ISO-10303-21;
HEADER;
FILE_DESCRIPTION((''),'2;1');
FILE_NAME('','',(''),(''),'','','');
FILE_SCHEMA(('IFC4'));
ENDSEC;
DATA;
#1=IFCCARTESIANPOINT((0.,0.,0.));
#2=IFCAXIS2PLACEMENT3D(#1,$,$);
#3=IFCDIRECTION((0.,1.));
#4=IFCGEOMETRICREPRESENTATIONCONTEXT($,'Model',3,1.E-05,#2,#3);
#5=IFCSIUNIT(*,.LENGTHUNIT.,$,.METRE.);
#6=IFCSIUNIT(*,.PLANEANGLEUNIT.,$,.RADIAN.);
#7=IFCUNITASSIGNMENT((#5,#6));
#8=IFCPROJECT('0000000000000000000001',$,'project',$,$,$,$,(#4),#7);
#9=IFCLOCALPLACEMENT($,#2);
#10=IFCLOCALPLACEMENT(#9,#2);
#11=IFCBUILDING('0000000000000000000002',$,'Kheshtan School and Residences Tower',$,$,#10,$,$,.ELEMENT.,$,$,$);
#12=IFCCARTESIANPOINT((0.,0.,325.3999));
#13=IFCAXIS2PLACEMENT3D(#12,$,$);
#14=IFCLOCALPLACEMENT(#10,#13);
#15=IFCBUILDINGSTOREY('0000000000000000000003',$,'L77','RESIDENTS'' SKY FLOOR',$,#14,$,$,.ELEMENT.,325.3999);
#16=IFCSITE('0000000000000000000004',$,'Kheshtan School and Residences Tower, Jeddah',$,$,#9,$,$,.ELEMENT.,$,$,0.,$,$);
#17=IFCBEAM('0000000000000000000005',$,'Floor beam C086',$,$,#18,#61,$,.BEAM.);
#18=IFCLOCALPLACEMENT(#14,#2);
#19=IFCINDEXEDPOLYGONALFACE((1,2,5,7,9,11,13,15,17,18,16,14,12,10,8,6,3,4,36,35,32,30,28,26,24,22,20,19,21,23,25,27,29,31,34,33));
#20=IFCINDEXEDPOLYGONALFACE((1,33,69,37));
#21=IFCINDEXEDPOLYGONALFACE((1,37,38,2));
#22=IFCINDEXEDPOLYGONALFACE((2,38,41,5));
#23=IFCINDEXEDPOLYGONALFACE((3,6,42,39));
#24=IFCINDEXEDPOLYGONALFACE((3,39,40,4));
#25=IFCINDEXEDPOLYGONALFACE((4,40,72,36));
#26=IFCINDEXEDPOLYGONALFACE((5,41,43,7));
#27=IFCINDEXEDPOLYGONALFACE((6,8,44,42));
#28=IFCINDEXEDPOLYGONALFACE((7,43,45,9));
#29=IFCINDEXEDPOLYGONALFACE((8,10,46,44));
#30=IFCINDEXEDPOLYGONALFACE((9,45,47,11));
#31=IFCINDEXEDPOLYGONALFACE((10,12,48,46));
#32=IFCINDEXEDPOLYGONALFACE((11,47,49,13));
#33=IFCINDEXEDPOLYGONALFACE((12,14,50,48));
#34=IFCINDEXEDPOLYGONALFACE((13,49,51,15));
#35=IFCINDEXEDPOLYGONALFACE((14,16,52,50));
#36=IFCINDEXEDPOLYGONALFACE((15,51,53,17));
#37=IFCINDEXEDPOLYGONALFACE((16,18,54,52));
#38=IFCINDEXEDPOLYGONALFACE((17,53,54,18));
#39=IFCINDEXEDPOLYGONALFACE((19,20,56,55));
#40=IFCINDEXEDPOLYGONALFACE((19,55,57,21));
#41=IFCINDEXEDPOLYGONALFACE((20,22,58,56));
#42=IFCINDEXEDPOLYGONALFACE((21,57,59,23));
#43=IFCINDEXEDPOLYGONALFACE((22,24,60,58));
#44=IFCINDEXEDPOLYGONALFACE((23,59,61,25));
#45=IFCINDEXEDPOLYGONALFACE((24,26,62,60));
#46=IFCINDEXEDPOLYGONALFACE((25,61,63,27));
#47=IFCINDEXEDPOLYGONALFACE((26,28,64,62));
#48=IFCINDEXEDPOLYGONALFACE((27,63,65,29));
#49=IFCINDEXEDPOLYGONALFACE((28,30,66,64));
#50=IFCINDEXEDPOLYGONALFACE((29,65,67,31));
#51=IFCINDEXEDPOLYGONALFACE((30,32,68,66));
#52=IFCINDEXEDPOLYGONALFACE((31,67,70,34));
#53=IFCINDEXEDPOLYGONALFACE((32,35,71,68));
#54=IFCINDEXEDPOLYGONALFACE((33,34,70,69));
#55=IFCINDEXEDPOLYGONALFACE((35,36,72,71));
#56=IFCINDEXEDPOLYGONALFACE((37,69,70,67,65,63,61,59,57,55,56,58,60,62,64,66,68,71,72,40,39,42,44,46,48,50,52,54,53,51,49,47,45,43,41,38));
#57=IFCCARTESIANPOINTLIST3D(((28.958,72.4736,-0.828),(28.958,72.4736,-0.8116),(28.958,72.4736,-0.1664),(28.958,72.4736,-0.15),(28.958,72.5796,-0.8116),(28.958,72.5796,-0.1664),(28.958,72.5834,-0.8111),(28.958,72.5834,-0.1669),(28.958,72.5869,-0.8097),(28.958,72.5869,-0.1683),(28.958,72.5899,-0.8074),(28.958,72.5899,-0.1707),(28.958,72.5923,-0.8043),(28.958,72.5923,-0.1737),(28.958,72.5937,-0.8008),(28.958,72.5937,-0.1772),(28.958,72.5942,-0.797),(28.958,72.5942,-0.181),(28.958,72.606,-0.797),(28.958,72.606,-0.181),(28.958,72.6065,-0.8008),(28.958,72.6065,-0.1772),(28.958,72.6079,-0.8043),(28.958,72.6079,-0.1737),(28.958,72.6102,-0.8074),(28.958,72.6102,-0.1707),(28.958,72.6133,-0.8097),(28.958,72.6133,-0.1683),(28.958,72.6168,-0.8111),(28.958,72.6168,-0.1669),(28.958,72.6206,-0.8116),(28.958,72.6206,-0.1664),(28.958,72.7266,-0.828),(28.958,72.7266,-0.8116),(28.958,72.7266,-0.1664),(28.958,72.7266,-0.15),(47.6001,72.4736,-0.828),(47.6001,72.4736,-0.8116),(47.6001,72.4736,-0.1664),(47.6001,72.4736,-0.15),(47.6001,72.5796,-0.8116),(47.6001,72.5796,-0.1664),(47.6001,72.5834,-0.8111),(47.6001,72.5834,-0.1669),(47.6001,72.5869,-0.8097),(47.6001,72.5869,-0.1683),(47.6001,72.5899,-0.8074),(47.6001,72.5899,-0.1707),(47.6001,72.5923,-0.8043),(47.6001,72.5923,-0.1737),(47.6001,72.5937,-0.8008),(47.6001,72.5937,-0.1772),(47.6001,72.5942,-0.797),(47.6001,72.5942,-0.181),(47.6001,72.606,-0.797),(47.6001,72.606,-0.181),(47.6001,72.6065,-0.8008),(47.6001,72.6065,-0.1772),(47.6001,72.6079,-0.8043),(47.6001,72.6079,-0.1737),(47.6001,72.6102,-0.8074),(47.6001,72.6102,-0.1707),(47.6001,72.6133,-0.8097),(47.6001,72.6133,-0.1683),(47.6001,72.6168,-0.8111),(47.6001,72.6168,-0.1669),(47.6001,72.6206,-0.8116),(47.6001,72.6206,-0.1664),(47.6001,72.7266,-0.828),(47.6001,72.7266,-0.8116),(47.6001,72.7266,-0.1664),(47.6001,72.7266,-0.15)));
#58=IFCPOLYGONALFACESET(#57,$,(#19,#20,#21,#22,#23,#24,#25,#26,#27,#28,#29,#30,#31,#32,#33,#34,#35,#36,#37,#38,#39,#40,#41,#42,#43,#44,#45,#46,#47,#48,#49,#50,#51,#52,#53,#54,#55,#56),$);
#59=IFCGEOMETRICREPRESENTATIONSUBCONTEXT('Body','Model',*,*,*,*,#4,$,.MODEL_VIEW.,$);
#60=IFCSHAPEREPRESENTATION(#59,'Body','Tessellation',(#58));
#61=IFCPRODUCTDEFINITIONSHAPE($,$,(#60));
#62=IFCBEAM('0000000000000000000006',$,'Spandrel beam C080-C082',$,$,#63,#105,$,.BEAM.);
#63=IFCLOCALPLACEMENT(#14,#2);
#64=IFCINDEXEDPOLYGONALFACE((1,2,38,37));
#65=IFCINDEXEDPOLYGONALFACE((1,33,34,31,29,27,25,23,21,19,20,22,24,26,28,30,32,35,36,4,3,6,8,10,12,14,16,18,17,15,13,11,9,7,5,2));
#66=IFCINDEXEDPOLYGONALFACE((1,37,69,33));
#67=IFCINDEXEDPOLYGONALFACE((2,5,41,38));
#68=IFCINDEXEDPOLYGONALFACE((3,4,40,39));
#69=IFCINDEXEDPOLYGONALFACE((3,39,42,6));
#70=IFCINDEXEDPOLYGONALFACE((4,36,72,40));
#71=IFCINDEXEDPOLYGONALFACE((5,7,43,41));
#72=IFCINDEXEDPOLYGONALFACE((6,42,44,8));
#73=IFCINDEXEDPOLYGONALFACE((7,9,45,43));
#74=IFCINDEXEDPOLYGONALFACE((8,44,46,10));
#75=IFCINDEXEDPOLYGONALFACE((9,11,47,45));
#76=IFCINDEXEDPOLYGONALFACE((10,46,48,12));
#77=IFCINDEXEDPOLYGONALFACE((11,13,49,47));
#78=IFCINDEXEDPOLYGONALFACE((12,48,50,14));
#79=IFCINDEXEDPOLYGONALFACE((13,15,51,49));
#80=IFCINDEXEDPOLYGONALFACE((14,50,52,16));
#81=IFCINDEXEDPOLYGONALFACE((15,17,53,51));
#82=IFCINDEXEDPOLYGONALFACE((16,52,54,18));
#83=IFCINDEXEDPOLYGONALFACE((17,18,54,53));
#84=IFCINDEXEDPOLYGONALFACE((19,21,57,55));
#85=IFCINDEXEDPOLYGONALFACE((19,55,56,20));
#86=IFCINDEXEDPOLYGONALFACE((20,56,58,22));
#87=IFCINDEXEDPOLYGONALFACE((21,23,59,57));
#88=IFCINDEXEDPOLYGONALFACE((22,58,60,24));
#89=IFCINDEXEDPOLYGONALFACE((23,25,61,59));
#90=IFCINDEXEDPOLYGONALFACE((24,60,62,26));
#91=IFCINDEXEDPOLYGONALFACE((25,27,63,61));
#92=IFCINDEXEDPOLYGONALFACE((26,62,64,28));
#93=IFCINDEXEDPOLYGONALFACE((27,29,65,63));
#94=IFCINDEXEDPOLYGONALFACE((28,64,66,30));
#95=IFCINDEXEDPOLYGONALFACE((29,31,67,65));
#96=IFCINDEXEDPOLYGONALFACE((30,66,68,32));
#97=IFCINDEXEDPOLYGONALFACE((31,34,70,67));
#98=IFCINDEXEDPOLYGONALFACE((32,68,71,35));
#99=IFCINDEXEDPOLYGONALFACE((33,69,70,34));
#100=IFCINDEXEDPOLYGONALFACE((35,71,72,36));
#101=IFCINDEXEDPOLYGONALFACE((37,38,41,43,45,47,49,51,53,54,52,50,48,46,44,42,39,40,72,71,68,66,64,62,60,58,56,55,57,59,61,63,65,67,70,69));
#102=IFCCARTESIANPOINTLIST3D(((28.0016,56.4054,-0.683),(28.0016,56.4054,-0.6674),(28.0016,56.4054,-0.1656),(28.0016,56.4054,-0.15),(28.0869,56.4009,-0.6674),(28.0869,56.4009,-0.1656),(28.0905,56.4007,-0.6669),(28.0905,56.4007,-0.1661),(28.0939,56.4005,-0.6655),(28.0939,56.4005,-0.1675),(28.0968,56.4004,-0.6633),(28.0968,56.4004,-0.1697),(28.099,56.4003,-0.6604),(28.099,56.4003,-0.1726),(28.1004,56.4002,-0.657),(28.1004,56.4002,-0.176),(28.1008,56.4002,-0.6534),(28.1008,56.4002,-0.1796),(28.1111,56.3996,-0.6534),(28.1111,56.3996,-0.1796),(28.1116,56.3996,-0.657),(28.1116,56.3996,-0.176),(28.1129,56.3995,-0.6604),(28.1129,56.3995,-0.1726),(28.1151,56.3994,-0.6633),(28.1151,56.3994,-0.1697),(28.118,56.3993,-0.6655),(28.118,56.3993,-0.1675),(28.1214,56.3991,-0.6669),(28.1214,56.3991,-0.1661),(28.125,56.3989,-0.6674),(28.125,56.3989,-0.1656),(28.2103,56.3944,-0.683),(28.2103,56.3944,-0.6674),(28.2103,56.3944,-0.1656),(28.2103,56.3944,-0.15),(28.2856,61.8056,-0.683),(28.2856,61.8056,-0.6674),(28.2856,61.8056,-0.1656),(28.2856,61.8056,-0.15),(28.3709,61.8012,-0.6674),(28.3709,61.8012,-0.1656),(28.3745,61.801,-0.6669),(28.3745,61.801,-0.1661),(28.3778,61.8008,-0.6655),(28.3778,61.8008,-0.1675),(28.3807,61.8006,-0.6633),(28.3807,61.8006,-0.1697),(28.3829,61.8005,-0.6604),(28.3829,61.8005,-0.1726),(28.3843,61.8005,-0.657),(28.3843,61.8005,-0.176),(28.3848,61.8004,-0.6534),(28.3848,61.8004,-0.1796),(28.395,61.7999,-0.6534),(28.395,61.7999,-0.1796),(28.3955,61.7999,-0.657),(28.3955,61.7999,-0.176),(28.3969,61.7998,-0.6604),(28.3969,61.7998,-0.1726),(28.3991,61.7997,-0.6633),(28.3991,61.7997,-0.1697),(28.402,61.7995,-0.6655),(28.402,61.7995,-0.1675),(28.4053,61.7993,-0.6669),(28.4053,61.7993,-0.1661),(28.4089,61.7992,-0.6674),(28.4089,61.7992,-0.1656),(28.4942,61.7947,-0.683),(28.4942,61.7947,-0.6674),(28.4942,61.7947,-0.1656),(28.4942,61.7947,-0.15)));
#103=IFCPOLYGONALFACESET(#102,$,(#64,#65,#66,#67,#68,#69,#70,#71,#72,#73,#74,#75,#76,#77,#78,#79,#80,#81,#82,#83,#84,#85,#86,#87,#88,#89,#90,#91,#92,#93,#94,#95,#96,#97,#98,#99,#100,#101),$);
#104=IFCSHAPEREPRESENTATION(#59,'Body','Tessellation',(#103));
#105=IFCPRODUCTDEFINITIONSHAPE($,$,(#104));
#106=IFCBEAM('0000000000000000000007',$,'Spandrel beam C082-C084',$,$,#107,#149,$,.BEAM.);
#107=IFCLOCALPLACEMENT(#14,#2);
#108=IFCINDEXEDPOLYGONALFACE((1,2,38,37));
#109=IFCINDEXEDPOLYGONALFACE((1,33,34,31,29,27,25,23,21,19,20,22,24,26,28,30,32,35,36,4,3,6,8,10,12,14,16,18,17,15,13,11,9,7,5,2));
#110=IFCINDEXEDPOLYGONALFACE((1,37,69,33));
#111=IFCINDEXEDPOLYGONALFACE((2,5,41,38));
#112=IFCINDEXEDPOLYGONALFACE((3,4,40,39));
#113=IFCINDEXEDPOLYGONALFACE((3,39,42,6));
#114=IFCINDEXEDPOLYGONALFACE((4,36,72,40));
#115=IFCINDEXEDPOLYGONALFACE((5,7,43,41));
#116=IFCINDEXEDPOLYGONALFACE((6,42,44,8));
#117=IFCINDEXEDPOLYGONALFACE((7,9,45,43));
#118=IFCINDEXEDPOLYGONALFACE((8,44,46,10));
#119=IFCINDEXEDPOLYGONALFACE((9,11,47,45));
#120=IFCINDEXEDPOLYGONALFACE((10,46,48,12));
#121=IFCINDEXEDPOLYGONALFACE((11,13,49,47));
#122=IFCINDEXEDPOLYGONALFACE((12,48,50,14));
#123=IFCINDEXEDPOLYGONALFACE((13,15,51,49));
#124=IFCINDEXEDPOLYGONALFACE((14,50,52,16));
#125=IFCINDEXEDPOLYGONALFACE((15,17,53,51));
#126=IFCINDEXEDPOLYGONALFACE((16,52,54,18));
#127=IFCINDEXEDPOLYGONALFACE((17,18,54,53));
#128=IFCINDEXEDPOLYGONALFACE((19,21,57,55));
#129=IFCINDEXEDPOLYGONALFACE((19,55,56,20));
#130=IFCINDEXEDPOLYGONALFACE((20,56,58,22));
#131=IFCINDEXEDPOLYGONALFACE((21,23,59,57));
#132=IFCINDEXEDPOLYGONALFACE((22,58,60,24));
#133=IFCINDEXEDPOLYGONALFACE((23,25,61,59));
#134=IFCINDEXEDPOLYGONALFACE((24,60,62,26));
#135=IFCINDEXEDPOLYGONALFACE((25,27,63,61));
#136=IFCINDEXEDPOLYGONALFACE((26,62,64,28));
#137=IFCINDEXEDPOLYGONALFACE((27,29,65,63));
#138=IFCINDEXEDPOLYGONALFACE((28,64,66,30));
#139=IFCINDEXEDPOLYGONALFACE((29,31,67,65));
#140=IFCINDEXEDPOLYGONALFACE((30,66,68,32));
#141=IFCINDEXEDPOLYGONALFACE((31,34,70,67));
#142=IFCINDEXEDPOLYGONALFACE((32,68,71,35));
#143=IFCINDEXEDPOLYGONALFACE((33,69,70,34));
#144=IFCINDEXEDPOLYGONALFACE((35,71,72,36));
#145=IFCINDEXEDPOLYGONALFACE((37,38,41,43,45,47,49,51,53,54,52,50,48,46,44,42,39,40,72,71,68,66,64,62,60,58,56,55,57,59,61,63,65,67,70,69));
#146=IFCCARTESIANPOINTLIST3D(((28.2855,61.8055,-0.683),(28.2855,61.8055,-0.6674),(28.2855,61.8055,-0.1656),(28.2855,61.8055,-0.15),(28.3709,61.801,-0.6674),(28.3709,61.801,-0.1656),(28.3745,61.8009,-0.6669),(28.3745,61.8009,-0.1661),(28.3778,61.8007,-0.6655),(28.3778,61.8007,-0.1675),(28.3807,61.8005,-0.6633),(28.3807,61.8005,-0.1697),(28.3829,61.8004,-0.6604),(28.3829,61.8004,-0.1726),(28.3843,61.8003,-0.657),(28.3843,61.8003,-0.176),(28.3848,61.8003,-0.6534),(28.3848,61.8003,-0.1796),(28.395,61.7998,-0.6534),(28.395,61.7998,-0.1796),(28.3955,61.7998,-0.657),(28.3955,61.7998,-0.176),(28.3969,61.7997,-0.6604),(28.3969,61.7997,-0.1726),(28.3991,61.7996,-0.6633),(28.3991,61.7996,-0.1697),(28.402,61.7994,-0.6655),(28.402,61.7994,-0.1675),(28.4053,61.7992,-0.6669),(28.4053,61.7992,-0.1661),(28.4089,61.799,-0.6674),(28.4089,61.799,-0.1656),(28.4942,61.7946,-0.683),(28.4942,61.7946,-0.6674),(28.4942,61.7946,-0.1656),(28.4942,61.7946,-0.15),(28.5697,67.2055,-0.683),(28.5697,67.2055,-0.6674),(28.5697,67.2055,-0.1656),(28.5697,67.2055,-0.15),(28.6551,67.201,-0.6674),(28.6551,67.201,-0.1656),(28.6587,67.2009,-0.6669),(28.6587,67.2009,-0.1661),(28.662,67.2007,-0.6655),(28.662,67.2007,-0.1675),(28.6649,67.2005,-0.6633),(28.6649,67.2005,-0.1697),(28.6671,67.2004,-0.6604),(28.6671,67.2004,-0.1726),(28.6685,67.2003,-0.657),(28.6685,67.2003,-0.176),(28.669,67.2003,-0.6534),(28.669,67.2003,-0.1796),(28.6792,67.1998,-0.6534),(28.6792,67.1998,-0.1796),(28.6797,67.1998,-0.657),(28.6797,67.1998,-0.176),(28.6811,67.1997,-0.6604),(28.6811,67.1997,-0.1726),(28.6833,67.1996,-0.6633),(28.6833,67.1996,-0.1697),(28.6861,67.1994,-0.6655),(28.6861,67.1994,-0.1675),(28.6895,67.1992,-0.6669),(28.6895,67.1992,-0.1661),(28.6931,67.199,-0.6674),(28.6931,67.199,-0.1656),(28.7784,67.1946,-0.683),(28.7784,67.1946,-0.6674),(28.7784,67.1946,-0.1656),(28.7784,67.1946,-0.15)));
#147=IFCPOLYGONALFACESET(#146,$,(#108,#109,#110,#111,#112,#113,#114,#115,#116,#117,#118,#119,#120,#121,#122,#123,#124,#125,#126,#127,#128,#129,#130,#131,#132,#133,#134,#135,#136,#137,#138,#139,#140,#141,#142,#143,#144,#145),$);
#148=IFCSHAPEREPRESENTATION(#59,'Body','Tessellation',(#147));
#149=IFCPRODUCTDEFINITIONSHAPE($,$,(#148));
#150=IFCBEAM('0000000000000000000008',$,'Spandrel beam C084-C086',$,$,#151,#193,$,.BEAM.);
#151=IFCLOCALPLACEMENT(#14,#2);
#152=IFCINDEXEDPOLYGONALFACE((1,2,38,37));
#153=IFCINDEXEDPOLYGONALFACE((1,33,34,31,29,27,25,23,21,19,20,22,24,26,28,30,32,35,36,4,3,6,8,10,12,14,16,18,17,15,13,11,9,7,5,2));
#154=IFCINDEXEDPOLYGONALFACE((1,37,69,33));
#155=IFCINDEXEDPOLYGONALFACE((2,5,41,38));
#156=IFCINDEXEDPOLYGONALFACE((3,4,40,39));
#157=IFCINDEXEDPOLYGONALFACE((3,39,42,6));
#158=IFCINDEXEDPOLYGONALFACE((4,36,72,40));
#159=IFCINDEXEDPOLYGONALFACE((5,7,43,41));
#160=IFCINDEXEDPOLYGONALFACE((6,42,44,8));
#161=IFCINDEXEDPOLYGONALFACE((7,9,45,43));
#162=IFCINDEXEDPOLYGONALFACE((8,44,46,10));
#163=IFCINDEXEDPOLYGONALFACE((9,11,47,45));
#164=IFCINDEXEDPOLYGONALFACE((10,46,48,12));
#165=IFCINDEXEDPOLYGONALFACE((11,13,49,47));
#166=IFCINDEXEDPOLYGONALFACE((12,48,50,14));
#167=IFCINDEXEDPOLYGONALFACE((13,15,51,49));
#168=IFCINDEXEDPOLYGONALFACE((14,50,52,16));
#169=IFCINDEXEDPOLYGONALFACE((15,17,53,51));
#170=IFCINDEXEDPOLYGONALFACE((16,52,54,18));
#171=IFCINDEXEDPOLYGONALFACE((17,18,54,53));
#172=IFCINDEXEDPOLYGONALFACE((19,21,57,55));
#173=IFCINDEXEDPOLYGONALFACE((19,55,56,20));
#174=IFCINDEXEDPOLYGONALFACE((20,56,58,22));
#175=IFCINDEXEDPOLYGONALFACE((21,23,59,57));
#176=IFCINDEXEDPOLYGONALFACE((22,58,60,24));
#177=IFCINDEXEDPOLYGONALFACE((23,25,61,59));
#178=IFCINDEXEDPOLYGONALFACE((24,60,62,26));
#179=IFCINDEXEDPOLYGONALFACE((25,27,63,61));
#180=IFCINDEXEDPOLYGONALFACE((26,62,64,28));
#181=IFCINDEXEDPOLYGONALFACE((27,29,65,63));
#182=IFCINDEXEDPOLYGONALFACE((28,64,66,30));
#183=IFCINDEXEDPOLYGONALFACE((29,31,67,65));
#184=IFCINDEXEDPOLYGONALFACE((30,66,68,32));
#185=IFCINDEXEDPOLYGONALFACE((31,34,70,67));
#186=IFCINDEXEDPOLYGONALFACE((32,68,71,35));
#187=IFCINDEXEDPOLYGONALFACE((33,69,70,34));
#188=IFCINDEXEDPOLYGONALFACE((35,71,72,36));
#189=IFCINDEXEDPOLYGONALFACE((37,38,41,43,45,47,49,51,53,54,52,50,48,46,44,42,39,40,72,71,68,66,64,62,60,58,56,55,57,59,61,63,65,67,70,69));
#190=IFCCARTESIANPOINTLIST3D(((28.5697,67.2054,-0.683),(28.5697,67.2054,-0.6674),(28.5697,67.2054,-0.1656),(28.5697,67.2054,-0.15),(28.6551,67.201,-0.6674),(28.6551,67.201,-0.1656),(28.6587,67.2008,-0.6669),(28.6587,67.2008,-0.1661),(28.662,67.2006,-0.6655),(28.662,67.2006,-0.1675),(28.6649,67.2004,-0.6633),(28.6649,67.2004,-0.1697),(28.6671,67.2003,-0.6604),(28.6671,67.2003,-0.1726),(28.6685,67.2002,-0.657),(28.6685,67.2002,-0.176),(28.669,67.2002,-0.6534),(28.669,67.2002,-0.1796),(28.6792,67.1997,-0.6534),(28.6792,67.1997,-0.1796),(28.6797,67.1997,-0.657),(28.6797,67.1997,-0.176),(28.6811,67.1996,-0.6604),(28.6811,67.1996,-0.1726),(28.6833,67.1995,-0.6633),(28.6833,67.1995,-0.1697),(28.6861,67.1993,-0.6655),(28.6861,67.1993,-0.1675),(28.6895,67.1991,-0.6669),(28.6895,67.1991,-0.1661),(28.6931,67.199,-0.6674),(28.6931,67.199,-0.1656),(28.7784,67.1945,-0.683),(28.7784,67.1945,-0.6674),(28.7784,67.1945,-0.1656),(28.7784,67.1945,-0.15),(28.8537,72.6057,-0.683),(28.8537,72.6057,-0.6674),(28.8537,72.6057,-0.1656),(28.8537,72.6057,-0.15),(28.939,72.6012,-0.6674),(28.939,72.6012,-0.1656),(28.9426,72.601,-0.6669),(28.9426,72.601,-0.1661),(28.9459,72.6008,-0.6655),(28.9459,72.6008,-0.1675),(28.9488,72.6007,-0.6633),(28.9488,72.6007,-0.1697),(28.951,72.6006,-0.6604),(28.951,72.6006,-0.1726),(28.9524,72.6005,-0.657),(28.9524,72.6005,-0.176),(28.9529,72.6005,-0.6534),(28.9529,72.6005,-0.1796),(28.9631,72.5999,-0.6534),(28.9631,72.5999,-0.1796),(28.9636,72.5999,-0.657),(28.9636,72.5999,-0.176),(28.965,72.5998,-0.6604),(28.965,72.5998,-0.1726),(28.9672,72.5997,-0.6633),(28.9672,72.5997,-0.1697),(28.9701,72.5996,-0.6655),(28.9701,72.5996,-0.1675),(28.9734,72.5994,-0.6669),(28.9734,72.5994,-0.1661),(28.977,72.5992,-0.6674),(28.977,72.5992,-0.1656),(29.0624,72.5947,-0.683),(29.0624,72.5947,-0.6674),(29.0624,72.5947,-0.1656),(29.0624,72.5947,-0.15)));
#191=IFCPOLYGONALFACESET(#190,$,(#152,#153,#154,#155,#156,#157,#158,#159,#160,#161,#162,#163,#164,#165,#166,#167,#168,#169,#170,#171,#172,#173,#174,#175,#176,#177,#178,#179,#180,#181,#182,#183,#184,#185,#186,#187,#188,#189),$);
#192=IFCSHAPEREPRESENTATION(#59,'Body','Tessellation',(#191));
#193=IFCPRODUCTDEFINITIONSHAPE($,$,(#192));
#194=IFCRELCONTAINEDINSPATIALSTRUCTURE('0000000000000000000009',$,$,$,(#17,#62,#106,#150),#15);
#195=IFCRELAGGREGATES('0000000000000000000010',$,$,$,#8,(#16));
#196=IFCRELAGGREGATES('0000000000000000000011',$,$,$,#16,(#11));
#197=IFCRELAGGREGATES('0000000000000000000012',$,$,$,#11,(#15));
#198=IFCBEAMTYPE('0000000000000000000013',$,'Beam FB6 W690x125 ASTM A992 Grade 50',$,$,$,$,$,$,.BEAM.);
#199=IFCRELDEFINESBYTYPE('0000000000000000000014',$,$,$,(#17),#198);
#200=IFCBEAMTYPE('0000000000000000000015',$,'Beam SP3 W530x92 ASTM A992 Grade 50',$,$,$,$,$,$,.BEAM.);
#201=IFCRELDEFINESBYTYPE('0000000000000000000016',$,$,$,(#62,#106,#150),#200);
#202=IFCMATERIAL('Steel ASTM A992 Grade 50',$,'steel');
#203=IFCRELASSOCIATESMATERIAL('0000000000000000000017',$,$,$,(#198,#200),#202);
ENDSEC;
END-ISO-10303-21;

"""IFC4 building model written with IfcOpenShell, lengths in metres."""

from ifc_helpers import new_model, si_unit, direction, frame, origin, origin_2d, place, context, subcontext, project, spatial, i_section, extrude, material, material_profile, profile_set, type_object, element, save


model = new_model("IFC4")

# Units and contexts
model_context = context("Model", 3, precision=1e-05, world=origin(), true_north=direction((0.0, 1.0)))
body_context = subcontext(model_context, "Body", "Model", "MODEL_VIEW")
ifc_project = project(units=[si_unit("LENGTHUNIT", "METRE"), si_unit("PLANEANGLEUNIT", "RADIAN")], contexts=[model_context])

# Site, building, storey
site_placement = place(None, origin())
site = spatial("IfcSite", under=ifc_project, at=site_placement, Name="Kheshtan School and Residences Tower, Jeddah", CompositionType="ELEMENT", RefElevation=0.0)
building_placement = place(site_placement, origin())
building = spatial("IfcBuilding", under=site, at=building_placement, Name="Kheshtan School and Residences Tower", CompositionType="ELEMENT")
storey_placement = place(building_placement, frame((0.0, 0.0, 325.3999)))
storey = spatial("IfcBuildingStorey", under=building, at=storey_placement, Name="L77", Description="RESIDENTS' SKY FLOOR", CompositionType="ELEMENT", Elevation=325.3999)

# Shared definitions
ifc_material_1 = material(Name="Steel ASTM A992 Grade 50", Category="steel")

# Beams
ifc_material_profile_1 = material_profile(ifc_material_1, i_section(OverallWidth=0.2529, OverallDepth=0.678, WebThickness=0.0117, FlangeThickness=0.0164, FilletRadius=0.0146, at=origin_2d()), Name="W690x125")
ifc_profile_set_1 = profile_set([ifc_material_profile_1], Name="Steel ASTM A992 Grade 50")
beam_type_1 = type_object("IfcBeamType", Name="Beam FB6 W690x125 ASTM A992 Grade 50", PredefinedType="BEAM", material=ifc_profile_set_1)
beam_1_placement = place(storey_placement, frame((28.958, 72.6001, -0.489), z_axis=(1.0, 0.0, 0.0), x_axis=(0.0, 1.0, 0.0)))
element("IfcBeam", 1, at=beam_1_placement, inside=storey, type_object=beam_type_1, Name="Floor beam C086", PredefinedType="BEAM", context=body_context, shape_type="SweptSolid", body=[
    extrude(i_section(OverallWidth=0.2529, OverallDepth=0.678, WebThickness=0.0117, FlangeThickness=0.0164, FilletRadius=0.0146, at=origin_2d()), origin(), (0.0, 0.0, 1.0), 18.6421),
])
ifc_material_profile_2 = material_profile(ifc_material_1, i_section(OverallWidth=0.209, OverallDepth=0.533, WebThickness=0.0103, FlangeThickness=0.0156, FilletRadius=0.0139, at=origin_2d()), Name="W530x92")
ifc_profile_set_2 = profile_set([ifc_material_profile_2], Name="Steel ASTM A992 Grade 50")
beam_type_2 = type_object("IfcBeamType", Name="Beam SP3 W530x92 ASTM A992 Grade 50", PredefinedType="BEAM", material=ifc_profile_set_2)
beam_2_placement = place(storey_placement, frame((28.106, 56.3999, -0.4165), z_axis=(0.052507, 0.998621, 0.0), x_axis=(-0.998621, 0.052507, 0.0)))
element("IfcBeam", 2, at=beam_2_placement, inside=storey, type_object=beam_type_2, Name="Spandrel beam C080-C082", PredefinedType="BEAM", context=body_context, shape_type="SweptSolid", body=[
    extrude(i_section(OverallWidth=0.209, OverallDepth=0.533, WebThickness=0.0103, FlangeThickness=0.0156, FilletRadius=0.0139, at=origin_2d()), origin(), (0.0, 0.0, 1.0), 5.4077),
])
beam_3_placement = place(storey_placement, frame((28.3899, 61.8, -0.4165), z_axis=(0.052554, 0.998618, 0.0), x_axis=(-0.998618, 0.052554, 0.0)))
element("IfcBeam", 3, at=beam_3_placement, inside=storey, type_object=beam_type_2, Name="Spandrel beam C082-C084", PredefinedType="BEAM", context=body_context, shape_type="SweptSolid", body=[
    extrude(i_section(OverallWidth=0.209, OverallDepth=0.533, WebThickness=0.0103, FlangeThickness=0.0156, FilletRadius=0.0139, at=origin_2d()), origin(), (0.0, 0.0, 1.0), 5.4075),
])
beam_4_placement = place(storey_placement, frame((28.6741, 67.2, -0.4165), z_axis=(0.052507, 0.998621, 0.0), x_axis=(-0.998621, 0.052507, 0.0)))
element("IfcBeam", 4, at=beam_4_placement, inside=storey, type_object=beam_type_2, Name="Spandrel beam C084-C086", PredefinedType="BEAM", context=body_context, shape_type="SweptSolid", body=[
    extrude(i_section(OverallWidth=0.209, OverallDepth=0.533, WebThickness=0.0103, FlangeThickness=0.0156, FilletRadius=0.0139, at=origin_2d()), origin(), (0.0, 0.0, 1.0), 5.4077),
])

save(model, "model.ifc")
